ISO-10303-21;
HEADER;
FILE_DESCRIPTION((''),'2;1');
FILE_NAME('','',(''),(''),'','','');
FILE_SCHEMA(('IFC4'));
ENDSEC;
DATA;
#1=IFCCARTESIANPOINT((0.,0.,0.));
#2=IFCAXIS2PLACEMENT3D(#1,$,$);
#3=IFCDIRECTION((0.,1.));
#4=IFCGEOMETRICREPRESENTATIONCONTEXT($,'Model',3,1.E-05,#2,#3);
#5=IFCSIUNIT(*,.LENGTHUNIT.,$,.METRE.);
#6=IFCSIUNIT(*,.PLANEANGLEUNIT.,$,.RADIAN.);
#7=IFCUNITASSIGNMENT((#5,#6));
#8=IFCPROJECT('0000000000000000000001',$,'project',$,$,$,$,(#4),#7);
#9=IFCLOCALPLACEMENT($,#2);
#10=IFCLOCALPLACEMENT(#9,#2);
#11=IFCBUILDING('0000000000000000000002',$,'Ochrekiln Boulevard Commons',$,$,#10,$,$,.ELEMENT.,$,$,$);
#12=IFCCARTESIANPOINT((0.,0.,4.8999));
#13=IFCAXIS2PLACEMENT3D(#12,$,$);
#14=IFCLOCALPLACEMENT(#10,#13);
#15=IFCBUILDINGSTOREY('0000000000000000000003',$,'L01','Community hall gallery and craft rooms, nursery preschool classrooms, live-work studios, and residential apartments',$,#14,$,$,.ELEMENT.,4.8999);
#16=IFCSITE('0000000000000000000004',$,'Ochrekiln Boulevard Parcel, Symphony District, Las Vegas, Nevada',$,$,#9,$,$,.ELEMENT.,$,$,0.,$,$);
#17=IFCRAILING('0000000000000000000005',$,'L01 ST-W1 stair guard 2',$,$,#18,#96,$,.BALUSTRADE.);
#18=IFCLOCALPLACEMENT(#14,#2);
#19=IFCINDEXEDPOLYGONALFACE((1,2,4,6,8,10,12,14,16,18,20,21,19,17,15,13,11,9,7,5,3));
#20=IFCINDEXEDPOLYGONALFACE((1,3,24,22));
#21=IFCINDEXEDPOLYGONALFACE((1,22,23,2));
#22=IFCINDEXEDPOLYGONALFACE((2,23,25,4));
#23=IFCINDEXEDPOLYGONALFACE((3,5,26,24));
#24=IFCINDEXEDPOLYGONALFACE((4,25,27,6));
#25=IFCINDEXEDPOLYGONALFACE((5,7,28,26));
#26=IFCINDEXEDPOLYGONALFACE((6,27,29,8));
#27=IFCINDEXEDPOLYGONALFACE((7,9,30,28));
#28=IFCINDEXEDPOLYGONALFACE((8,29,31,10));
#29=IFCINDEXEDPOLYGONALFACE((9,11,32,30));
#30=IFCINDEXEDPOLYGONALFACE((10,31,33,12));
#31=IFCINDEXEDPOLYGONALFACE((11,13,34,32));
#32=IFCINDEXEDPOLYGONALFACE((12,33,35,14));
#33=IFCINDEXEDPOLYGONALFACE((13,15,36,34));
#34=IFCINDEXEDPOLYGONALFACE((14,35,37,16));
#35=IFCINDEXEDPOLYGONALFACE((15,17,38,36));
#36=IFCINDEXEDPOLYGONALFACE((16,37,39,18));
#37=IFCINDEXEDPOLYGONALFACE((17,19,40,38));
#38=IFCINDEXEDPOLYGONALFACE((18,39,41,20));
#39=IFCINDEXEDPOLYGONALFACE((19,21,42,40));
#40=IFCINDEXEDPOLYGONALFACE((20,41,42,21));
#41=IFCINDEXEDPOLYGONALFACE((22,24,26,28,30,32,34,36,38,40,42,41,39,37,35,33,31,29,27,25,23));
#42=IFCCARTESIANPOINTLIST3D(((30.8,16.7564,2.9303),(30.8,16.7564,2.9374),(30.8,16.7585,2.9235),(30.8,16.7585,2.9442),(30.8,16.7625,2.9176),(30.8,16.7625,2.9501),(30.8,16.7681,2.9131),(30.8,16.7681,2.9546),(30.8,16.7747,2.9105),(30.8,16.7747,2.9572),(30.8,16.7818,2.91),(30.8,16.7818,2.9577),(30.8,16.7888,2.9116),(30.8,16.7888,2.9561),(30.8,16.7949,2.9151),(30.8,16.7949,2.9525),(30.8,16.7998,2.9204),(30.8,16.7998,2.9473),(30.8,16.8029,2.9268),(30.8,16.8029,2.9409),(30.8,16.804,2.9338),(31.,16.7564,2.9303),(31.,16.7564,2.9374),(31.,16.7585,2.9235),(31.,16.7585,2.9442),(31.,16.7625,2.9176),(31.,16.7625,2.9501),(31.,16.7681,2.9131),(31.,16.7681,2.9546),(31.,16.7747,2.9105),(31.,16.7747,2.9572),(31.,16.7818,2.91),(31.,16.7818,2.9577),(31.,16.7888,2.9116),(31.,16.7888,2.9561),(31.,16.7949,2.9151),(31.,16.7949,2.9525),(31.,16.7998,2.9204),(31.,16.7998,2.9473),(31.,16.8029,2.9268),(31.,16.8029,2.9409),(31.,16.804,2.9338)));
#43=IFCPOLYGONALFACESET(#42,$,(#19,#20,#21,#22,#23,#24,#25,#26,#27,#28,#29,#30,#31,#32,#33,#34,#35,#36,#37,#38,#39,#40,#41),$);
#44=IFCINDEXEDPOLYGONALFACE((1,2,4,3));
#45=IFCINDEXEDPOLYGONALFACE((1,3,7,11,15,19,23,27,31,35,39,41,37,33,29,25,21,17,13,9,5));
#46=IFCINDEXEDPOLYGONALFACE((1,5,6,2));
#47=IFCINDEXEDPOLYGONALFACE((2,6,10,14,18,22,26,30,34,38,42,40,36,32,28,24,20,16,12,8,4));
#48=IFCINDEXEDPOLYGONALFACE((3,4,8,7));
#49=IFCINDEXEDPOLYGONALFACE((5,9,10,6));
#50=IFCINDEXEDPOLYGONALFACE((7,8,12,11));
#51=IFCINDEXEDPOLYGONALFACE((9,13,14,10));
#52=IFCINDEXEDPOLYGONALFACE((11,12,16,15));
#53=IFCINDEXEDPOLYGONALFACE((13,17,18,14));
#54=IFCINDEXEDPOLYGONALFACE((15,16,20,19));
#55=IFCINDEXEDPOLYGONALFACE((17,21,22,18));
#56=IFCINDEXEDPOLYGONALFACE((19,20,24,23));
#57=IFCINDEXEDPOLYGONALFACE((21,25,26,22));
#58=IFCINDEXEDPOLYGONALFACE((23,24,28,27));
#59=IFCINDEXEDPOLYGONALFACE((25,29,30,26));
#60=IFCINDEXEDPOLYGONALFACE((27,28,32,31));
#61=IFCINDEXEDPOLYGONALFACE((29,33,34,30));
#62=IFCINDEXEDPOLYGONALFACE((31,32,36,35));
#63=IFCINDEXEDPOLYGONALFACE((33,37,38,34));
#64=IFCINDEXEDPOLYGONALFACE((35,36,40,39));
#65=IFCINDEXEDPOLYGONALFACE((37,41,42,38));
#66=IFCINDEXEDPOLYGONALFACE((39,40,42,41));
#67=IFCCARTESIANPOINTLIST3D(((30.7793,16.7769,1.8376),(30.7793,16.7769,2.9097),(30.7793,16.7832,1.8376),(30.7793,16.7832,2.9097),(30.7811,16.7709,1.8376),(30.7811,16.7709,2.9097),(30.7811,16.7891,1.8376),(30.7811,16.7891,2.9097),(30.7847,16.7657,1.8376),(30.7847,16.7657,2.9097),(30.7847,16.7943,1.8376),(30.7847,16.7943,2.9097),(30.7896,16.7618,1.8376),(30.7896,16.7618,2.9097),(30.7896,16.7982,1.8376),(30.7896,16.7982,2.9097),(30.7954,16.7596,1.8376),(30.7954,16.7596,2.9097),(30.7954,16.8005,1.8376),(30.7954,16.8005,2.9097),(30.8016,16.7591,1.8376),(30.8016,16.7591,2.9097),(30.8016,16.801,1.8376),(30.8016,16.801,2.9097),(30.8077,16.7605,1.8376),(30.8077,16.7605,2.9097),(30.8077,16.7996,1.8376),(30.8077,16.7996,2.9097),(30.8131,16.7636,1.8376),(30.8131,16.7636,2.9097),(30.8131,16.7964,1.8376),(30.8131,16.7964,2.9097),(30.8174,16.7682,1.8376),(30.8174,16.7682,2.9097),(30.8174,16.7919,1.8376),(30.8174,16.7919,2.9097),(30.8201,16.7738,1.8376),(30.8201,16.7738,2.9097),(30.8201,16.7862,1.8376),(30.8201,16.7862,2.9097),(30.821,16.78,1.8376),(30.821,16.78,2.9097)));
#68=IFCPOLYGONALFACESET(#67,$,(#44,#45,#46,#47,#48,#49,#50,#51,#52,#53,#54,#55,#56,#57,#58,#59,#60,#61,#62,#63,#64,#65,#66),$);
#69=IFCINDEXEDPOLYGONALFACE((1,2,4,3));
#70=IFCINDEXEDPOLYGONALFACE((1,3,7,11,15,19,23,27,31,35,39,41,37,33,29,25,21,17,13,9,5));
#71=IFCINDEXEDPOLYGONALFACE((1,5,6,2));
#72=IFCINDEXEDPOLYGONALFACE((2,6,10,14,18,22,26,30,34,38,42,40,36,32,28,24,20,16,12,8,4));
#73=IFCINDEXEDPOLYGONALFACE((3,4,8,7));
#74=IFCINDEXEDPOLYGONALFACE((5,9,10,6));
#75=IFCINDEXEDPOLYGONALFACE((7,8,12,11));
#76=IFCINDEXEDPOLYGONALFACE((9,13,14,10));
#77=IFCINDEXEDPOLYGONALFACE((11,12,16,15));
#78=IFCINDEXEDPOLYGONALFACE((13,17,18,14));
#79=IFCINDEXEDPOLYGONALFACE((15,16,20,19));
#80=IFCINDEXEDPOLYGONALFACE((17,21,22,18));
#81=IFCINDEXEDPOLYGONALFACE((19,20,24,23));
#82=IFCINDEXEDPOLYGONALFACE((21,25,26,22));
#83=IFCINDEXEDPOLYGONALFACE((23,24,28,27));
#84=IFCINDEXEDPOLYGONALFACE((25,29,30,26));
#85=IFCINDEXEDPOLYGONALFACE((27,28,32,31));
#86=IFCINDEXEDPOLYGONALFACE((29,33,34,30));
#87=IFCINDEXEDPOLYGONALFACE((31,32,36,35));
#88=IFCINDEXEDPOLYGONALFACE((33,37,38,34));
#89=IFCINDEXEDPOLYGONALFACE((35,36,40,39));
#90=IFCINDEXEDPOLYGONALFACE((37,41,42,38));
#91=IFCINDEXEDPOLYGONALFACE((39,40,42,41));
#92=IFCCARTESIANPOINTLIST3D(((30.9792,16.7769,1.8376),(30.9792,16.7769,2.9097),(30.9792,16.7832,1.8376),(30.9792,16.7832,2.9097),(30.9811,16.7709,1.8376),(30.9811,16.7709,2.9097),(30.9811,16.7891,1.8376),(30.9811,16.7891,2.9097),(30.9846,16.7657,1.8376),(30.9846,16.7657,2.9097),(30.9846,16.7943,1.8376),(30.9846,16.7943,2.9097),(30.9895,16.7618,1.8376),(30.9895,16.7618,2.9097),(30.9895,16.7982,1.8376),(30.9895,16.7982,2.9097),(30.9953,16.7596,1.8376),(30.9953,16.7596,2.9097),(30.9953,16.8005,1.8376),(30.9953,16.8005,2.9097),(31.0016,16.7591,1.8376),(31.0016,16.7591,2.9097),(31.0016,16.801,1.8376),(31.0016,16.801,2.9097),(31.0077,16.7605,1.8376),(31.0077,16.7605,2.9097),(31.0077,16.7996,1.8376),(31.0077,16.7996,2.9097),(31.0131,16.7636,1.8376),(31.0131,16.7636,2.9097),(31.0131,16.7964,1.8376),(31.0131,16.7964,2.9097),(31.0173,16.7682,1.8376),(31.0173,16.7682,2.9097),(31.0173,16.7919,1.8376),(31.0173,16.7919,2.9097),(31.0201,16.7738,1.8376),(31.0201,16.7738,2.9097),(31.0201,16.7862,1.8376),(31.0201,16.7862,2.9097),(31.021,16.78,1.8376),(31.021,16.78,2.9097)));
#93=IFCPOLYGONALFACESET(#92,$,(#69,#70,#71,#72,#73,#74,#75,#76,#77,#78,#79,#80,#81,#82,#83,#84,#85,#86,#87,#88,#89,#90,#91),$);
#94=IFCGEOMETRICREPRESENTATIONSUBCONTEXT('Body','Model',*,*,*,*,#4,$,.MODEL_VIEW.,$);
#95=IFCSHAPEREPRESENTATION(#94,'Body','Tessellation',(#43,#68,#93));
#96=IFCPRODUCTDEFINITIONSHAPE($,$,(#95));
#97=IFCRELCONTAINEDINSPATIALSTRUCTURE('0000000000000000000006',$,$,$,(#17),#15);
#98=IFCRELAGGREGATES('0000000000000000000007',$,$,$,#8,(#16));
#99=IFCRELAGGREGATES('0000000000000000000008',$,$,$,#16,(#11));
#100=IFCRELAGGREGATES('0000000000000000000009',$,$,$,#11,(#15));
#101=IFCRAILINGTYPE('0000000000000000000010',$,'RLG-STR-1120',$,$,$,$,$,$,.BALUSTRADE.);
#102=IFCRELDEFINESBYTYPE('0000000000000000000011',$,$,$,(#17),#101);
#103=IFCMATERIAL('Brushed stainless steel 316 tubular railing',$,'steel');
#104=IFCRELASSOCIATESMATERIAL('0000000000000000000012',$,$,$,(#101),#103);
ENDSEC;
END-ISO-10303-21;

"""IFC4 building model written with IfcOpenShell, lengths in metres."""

from ifc_helpers import new_model, si_unit, direction, frame, origin, origin_2d, place, context, subcontext, project, spatial, circle, extrude, material, type_object, element, save


model = new_model("IFC4")

# Units and contexts
model_context = context("Model", 3, precision=1e-05, world=origin(), true_north=direction((0.0, 1.0)))
body_context = subcontext(model_context, "Body", "Model", "MODEL_VIEW")
ifc_project = project(units=[si_unit("LENGTHUNIT", "METRE"), si_unit("PLANEANGLEUNIT", "RADIAN")], contexts=[model_context])

# Site, building, storey
site_placement = place(None, origin())
site = spatial("IfcSite", under=ifc_project, at=site_placement, Name="Ochrekiln Boulevard Parcel, Symphony District, Las Vegas, Nevada", CompositionType="ELEMENT", RefElevation=0.0)
building_placement = place(site_placement, origin())
building = spatial("IfcBuilding", under=site, at=building_placement, Name="Ochrekiln Boulevard Commons", CompositionType="ELEMENT")
storey_placement = place(building_placement, frame((0.0, 0.0, 4.8999)))
storey = spatial("IfcBuildingStorey", under=building, at=storey_placement, Name="L01", Description="Community hall gallery and craft rooms, nursery preschool classrooms, live-work studios, and residential apartments", CompositionType="ELEMENT", Elevation=4.8999)

# Railing
ifc_material_1 = material(Name="Brushed stainless steel 316 tubular railing", Category="steel")
railing_type_1 = type_object("IfcRailingType", Name="RLG-STR-1120", PredefinedType="BALUSTRADE", material=ifc_material_1)
railing_1_placement = place(storey_placement, frame((30.8, 16.78, 1.8376)))
element("IfcRailing", 1, at=railing_1_placement, inside=storey, type_object=railing_type_1, Name="L01 ST-W1 stair guard 2", PredefinedType="BALUSTRADE", context=body_context, shape_type="SweptSolid", body=[
    extrude(circle(Radius=0.0239, at=origin_2d()), frame((0.0, 0.0, 1.0962), z_axis=(1.0, 0.0, 0.0), x_axis=(0.0, 1.0, 0.0)), (0.0, 0.0, 1.0), 0.2),
    extrude(circle(Radius=0.021, at=origin_2d()), origin(), (0.0, 0.0, 1.0), 1.072),
    extrude(circle(Radius=0.021, at=origin_2d()), frame((0.2, 0.0, 0.0)), (0.0, 0.0, 1.0), 1.072),
])

save(model, "model.ifc")
